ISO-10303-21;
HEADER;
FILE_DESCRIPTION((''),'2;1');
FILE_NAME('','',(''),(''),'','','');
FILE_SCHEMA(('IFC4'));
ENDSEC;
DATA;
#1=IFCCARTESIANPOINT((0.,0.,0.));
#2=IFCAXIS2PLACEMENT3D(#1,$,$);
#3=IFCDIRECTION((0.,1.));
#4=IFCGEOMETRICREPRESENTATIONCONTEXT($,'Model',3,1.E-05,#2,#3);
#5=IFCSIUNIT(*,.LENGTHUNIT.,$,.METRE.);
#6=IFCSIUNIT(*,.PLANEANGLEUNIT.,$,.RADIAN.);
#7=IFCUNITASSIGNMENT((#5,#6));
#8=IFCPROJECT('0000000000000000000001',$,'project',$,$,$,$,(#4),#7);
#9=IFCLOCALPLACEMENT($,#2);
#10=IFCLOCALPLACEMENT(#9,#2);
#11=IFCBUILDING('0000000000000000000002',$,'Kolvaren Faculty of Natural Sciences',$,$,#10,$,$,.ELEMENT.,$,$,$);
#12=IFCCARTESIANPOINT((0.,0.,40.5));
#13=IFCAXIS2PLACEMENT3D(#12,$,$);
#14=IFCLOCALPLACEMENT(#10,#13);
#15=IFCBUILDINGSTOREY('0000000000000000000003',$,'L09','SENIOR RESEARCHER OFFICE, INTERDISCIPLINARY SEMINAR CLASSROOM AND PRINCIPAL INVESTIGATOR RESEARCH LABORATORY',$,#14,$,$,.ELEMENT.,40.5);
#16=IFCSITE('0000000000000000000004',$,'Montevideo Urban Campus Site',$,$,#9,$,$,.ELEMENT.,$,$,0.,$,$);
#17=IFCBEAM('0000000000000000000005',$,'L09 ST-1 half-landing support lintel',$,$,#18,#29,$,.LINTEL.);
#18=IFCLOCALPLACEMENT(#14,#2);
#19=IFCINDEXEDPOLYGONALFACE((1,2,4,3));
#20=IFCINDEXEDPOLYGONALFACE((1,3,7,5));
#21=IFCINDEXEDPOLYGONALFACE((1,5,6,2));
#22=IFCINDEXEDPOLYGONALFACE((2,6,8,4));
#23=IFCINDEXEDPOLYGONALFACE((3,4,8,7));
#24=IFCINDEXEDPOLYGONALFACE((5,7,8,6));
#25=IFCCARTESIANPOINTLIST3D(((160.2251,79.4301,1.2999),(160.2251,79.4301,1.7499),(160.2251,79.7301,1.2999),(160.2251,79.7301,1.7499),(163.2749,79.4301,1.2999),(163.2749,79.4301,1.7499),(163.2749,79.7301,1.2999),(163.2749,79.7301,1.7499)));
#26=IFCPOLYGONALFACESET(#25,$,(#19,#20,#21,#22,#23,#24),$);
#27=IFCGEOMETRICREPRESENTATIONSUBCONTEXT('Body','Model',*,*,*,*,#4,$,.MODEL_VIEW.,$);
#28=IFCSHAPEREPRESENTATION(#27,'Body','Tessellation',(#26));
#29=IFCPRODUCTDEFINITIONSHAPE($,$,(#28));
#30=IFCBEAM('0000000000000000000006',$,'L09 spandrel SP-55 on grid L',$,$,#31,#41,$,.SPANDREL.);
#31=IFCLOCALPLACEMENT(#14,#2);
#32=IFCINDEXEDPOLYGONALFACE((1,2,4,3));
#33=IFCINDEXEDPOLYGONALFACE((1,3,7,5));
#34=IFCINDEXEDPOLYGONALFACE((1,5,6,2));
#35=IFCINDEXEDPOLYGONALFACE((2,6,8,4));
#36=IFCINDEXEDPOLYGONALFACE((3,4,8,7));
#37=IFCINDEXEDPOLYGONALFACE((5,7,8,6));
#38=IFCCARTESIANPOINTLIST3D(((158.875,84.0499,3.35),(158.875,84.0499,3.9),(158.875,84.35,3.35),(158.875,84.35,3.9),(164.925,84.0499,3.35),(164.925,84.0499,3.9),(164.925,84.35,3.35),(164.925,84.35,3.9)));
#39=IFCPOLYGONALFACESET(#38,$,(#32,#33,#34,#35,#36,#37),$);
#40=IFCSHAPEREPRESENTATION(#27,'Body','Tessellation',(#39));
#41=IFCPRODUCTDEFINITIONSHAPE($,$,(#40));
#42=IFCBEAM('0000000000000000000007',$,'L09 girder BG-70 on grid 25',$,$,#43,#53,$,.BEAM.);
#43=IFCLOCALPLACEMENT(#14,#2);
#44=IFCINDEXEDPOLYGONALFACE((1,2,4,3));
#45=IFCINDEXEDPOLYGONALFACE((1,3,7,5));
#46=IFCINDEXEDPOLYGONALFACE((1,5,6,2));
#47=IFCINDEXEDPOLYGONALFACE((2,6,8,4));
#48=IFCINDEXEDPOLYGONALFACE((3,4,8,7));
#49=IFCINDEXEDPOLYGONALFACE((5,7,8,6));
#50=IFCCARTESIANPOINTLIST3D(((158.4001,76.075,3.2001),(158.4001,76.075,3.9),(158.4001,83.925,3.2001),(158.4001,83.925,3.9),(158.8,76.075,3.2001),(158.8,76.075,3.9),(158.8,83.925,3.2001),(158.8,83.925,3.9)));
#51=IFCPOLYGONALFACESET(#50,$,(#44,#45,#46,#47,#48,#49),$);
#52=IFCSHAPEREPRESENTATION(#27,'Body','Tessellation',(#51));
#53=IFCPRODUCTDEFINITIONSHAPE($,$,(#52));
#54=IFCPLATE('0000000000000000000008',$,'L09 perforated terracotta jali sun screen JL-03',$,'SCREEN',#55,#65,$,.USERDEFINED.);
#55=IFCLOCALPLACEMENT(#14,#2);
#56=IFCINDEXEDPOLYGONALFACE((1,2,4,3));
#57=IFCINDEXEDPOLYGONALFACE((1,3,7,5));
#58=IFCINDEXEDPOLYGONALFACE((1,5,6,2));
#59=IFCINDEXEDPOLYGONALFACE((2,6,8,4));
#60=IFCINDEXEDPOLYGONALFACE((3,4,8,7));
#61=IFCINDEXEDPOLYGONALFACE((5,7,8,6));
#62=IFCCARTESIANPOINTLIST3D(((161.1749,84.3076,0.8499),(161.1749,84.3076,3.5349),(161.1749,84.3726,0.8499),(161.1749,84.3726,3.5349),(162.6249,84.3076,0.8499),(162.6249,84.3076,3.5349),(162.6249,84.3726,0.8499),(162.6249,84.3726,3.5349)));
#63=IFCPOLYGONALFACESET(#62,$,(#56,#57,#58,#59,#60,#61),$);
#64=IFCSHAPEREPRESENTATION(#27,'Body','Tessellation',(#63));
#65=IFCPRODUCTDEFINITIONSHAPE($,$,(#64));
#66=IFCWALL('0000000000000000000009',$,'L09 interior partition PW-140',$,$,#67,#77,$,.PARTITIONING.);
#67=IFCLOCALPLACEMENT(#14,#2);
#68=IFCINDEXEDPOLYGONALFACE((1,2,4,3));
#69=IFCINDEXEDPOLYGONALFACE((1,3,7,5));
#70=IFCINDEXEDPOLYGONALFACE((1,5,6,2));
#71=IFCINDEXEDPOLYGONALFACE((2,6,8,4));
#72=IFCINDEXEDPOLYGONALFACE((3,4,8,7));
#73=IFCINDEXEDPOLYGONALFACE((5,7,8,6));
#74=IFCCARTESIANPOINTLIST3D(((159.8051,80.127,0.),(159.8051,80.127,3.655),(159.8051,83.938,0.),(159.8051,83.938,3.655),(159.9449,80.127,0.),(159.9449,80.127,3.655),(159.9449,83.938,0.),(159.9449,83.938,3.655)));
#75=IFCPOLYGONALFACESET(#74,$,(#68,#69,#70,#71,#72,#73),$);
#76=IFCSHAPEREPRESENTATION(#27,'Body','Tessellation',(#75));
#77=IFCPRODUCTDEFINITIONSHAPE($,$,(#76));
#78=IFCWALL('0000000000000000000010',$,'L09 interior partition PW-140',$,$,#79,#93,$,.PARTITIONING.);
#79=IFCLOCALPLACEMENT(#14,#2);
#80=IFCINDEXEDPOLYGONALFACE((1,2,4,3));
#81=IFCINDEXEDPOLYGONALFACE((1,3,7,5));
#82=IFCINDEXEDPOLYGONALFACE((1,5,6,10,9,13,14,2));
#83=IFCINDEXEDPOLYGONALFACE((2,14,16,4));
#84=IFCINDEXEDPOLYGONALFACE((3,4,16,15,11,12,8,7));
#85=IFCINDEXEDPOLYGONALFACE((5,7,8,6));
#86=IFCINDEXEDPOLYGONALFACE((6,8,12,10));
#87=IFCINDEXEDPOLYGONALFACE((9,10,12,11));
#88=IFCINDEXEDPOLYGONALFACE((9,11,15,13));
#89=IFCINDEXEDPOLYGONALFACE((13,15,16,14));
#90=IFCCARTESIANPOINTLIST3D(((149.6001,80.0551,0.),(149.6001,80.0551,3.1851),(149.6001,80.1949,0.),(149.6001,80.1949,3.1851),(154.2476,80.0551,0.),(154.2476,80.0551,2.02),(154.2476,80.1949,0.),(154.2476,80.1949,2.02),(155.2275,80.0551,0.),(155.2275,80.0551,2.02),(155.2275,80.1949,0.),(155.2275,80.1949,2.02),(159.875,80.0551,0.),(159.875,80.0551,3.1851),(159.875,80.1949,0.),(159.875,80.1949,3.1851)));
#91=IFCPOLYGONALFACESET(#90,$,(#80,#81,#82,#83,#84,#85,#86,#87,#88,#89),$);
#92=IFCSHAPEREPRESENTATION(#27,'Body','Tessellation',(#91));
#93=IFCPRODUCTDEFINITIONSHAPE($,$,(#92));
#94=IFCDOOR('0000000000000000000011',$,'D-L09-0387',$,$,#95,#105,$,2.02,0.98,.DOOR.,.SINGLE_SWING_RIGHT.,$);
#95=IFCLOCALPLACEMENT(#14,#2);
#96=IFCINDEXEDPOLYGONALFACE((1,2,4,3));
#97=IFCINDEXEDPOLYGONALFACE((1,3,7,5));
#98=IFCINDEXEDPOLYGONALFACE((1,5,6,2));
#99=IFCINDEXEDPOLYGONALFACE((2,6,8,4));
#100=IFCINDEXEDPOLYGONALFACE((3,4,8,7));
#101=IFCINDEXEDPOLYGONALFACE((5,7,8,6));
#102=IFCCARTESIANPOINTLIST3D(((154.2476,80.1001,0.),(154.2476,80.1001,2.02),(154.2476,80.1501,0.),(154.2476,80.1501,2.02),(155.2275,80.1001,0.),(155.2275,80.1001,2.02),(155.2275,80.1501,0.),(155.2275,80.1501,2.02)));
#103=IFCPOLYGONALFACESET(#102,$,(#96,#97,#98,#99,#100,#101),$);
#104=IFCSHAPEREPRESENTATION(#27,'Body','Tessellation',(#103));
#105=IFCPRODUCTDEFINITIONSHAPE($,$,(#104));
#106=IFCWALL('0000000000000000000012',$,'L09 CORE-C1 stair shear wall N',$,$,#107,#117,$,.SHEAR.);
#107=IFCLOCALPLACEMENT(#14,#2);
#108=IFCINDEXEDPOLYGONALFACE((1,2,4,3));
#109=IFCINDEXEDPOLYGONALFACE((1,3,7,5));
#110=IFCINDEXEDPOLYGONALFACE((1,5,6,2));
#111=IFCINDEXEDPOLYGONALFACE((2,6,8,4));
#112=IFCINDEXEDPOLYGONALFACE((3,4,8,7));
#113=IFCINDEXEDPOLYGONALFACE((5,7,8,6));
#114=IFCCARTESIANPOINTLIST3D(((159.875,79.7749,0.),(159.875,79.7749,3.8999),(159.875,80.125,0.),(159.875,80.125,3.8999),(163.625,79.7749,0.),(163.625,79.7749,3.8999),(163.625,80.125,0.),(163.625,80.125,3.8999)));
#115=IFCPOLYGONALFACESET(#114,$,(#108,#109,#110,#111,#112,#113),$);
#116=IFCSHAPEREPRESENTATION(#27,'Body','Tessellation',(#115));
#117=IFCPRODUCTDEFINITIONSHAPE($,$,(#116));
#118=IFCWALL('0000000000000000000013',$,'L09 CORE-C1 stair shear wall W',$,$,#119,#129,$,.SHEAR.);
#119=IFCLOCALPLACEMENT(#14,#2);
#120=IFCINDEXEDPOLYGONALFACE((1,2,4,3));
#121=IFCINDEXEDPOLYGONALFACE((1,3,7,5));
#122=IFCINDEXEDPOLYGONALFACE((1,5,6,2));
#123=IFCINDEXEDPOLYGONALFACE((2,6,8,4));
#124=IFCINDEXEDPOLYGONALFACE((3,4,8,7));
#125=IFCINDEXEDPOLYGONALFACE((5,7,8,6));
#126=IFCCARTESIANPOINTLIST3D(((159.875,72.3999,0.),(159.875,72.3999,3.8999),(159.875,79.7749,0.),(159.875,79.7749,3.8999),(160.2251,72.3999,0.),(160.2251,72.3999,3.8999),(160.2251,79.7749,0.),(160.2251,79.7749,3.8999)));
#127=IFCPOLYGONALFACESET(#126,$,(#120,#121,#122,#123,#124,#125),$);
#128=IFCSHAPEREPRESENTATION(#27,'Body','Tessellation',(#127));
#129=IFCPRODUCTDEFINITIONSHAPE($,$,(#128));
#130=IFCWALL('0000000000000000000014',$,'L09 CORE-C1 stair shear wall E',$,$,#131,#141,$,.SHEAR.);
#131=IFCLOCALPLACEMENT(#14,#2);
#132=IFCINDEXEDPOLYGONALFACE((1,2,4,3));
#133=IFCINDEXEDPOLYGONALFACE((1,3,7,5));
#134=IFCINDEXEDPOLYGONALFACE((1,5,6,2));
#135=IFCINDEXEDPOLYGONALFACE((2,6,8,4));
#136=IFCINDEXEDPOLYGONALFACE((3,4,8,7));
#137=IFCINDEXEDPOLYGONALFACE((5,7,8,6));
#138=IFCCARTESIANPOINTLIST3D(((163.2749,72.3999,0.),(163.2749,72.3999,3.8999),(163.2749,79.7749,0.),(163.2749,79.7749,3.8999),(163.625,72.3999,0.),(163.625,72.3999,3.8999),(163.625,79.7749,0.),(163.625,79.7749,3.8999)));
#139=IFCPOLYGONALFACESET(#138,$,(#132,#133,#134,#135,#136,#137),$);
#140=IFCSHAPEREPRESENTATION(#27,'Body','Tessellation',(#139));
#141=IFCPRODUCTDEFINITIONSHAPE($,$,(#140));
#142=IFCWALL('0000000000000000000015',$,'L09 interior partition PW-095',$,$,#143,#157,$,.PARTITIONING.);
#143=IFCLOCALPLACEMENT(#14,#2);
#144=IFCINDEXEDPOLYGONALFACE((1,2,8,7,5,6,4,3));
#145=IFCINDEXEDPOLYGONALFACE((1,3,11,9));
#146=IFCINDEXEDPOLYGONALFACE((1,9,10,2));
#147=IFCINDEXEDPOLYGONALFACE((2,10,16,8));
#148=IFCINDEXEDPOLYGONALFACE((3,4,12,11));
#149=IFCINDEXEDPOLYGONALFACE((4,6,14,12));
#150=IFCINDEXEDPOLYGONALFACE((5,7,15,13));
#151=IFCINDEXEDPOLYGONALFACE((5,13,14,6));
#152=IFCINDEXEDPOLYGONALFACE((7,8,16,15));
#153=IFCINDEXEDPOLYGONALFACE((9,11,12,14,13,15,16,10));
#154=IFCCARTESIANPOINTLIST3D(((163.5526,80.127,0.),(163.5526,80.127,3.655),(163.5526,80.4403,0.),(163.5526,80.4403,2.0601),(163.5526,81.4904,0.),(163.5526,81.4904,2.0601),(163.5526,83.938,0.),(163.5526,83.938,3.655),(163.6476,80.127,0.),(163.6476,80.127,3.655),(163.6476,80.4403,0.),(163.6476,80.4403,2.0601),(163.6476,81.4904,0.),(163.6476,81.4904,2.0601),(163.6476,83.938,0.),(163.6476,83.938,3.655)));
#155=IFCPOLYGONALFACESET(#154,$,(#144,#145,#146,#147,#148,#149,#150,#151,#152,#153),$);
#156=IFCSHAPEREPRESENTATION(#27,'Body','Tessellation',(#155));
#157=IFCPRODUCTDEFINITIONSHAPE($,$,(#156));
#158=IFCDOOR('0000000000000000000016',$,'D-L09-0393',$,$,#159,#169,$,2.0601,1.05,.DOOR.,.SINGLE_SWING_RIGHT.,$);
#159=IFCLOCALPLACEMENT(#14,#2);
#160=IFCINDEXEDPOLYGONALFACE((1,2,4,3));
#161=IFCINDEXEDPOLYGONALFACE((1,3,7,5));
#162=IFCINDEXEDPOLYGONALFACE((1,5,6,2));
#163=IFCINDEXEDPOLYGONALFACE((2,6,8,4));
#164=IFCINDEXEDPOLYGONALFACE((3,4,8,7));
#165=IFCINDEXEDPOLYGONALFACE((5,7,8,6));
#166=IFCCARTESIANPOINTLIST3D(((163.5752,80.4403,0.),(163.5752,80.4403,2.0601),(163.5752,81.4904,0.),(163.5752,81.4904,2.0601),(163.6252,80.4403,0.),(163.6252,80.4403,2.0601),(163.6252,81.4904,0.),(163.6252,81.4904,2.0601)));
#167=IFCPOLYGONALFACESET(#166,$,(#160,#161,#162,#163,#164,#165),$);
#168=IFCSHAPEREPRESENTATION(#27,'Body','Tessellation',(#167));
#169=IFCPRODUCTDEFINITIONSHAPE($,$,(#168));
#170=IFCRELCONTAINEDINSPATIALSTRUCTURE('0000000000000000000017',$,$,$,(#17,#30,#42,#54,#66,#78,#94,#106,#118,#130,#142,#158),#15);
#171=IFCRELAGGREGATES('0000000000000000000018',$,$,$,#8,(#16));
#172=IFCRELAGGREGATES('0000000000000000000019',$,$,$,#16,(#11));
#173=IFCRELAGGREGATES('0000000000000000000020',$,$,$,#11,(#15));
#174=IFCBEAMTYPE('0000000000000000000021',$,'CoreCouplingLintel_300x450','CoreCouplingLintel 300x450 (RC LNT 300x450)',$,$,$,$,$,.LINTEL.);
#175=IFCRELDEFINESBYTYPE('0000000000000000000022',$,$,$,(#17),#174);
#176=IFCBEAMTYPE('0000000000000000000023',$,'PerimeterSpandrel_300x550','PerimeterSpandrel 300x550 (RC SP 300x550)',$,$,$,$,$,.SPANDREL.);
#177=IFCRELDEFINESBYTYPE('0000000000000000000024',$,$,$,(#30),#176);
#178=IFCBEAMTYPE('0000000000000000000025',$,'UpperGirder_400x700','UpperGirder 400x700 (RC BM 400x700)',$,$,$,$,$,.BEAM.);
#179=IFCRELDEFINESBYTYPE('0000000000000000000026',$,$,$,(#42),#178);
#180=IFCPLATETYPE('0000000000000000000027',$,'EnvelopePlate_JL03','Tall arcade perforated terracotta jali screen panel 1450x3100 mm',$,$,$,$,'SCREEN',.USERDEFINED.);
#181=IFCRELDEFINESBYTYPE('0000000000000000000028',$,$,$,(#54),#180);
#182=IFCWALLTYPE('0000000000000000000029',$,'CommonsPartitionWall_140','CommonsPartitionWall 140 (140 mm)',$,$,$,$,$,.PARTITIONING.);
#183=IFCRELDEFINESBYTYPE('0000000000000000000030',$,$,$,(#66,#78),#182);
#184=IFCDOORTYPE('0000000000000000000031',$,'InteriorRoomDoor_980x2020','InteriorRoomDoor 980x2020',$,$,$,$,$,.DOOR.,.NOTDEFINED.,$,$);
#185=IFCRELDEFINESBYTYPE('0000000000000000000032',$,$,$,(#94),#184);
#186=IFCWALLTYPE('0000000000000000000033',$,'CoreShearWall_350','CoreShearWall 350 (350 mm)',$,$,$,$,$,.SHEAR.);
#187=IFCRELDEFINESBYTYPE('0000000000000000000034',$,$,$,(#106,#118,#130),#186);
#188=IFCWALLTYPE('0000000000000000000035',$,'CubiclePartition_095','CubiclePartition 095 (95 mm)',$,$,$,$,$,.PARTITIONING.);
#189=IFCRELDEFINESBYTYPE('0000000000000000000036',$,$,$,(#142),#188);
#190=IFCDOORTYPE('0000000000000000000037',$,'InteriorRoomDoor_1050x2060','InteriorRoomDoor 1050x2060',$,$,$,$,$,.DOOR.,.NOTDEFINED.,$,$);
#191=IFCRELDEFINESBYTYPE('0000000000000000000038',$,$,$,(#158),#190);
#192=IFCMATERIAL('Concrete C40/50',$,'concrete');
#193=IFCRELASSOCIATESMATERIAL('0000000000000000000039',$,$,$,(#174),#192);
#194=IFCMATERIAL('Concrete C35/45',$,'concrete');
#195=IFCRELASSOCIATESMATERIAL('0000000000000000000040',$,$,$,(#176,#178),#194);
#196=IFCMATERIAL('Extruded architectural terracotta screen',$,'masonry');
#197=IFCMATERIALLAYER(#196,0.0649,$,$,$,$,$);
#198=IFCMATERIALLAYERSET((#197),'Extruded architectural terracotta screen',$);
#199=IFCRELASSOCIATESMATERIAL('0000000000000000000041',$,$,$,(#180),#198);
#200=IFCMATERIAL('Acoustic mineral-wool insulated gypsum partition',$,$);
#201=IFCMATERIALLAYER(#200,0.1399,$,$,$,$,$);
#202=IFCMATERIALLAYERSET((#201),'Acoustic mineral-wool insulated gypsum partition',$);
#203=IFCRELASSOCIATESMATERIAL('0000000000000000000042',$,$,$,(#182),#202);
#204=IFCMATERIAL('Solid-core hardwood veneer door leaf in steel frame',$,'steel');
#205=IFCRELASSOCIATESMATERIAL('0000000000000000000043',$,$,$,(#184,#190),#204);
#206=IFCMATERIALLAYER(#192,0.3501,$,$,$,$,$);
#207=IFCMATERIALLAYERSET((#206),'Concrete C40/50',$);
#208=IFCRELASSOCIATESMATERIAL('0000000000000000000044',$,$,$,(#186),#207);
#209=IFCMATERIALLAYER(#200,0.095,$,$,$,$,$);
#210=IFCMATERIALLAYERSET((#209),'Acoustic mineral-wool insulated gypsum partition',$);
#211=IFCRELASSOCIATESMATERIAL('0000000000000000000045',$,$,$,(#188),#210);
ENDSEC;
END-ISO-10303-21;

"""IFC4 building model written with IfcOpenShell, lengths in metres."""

from ifc_helpers import new_model, si_unit, direction, frame, frame_2d, origin, origin_2d, place, context, subcontext, project, spatial, rectangle, extrude, material, layer, layer_set, material_profile, profile_set, type_object, element, fill, save


model = new_model("IFC4")

# Units and contexts
model_context = context("Model", 3, precision=1e-05, world=origin(), true_north=direction((0.0, 1.0)))
body_context = subcontext(model_context, "Body", "Model", "MODEL_VIEW")
ifc_project = project(units=[si_unit("LENGTHUNIT", "METRE"), si_unit("PLANEANGLEUNIT", "RADIAN")], contexts=[model_context])

# Site, building, storey
site_placement = place(None, origin())
site = spatial("IfcSite", under=ifc_project, at=site_placement, Name="Montevideo Urban Campus Site", CompositionType="ELEMENT", RefElevation=0.0)
building_placement = place(site_placement, origin())
building = spatial("IfcBuilding", under=site, at=building_placement, Name="Kolvaren Faculty of Natural Sciences", CompositionType="ELEMENT")
storey_placement = place(building_placement, frame((0.0, 0.0, 40.5)))
storey = spatial("IfcBuildingStorey", under=building, at=storey_placement, Name="L09", Description="SENIOR RESEARCHER OFFICE, INTERDISCIPLINARY SEMINAR CLASSROOM AND PRINCIPAL INVESTIGATOR RESEARCH LABORATORY", CompositionType="ELEMENT", Elevation=40.5)

# Beams
ifc_material_1 = material(Name="Concrete C40/50", Category="concrete")
ifc_material_profile_1 = material_profile(ifc_material_1, rectangle(XDim=0.3, YDim=0.45, at=origin_2d()), Name="RC LNT 300x450")
ifc_profile_set_1 = profile_set([ifc_material_profile_1], Name="Concrete C40/50")
beam_type_1 = type_object("IfcBeamType", Name="CoreCouplingLintel_300x450", Description="CoreCouplingLintel 300x450 (RC LNT 300x450)", PredefinedType="LINTEL", material=ifc_profile_set_1)
beam_1_placement = place(storey_placement, frame((160.2251, 79.5801, 1.5249), z_axis=(1.0, 0.0, 0.0), x_axis=(0.0, 1.0, 0.0)))
element("IfcBeam", 1, at=beam_1_placement, inside=storey, type_object=beam_type_1, Name="L09 ST-1 half-landing support lintel", PredefinedType="LINTEL", context=body_context, shape_type="SweptSolid", body=[
    extrude(rectangle(XDim=0.3, YDim=0.45, at=origin_2d()), origin(), (0.0, 0.0, 1.0), 3.0498),
])
ifc_material_2 = material(Name="Concrete C35/45", Category="concrete")
ifc_material_profile_2 = material_profile(ifc_material_2, rectangle(XDim=0.3, YDim=0.55, at=origin_2d()), Name="RC SP 300x550")
ifc_profile_set_2 = profile_set([ifc_material_profile_2], Name="Concrete C35/45")
beam_type_2 = type_object("IfcBeamType", Name="PerimeterSpandrel_300x550", Description="PerimeterSpandrel 300x550 (RC SP 300x550)", PredefinedType="SPANDREL", material=ifc_profile_set_2)
beam_2_placement = place(storey_placement, frame((158.875, 84.2, 3.625), z_axis=(1.0, 0.0, 0.0), x_axis=(0.0, 1.0, 0.0)))
element("IfcBeam", 2, at=beam_2_placement, inside=storey, type_object=beam_type_2, Name="L09 spandrel SP-55 on grid L", PredefinedType="SPANDREL", context=body_context, shape_type="SweptSolid", body=[
    extrude(rectangle(XDim=0.3, YDim=0.55, at=origin_2d()), origin(), (0.0, 0.0, 1.0), 6.05),
])
ifc_material_profile_3 = material_profile(ifc_material_2, rectangle(XDim=0.3999, YDim=0.7, at=origin_2d()), Name="RC BM 400x700")
ifc_profile_set_3 = profile_set([ifc_material_profile_3], Name="Concrete C35/45")
beam_type_3 = type_object("IfcBeamType", Name="UpperGirder_400x700", Description="UpperGirder 400x700 (RC BM 400x700)", PredefinedType="BEAM", material=ifc_profile_set_3)
beam_3_placement = place(storey_placement, frame((158.6001, 76.075, 3.55), z_axis=(0.0, 1.0, 0.0), x_axis=(-1.0, 0.0, 0.0)))
element("IfcBeam", 3, at=beam_3_placement, inside=storey, type_object=beam_type_3, Name="L09 girder BG-70 on grid 25", PredefinedType="BEAM", context=body_context, shape_type="SweptSolid", body=[
    extrude(rectangle(XDim=0.3999, YDim=0.7, at=origin_2d()), origin(), (0.0, 0.0, 1.0), 7.8501),
])

# Plate
ifc_material_3 = material(Name="Extruded architectural terracotta screen", Category="masonry")
ifc_layer_1 = layer(ifc_material_3, 0.0649)
ifc_layer_set_1 = layer_set([ifc_layer_1], Name="Extruded architectural terracotta screen")
plate_type = type_object("IfcPlateType", Name="EnvelopePlate_JL03", Description="Tall arcade perforated terracotta jali screen panel 1450x3100 mm", ElementType="SCREEN", PredefinedType="USERDEFINED", material=ifc_layer_set_1)
plate_placement = place(storey_placement, frame((161.8999, 84.3401, 0.8499), z_axis=(0.0, 0.0, 1.0), x_axis=(1.0, 0.0, 0.0)))
element("IfcPlate", 4, at=plate_placement, inside=storey, type_object=plate_type, Name="L09 perforated terracotta jali sun screen JL-03", ObjectType="SCREEN", PredefinedType="USERDEFINED", context=body_context, shape_type="SweptSolid", body=[
    extrude(rectangle(XDim=1.45, YDim=0.0649, at=origin_2d()), origin(), (0.0, 0.0, 1.0), 2.6851),
])

# Wall
ifc_material_4 = material(Name="Acoustic mineral-wool insulated gypsum partition")
ifc_layer_2 = layer(ifc_material_4, 0.1399)
ifc_layer_set_2 = layer_set([ifc_layer_2], Name="Acoustic mineral-wool insulated gypsum partition")
wall_type_1 = type_object("IfcWallType", Name="CommonsPartitionWall_140", Description="CommonsPartitionWall 140 (140 mm)", PredefinedType="PARTITIONING", material=ifc_layer_set_2)
wall_1_placement = place(storey_placement, frame((159.875, 83.938, 0.0), z_axis=(0.0, 0.0, 1.0), x_axis=(0.0, -1.0, 0.0)))
element("IfcWall", 5, at=wall_1_placement, inside=storey, type_object=wall_type_1, Name="L09 interior partition PW-140", PredefinedType="PARTITIONING", context=body_context, shape_type="SweptSolid", body=[
    extrude(rectangle(XDim=3.811, YDim=0.1399, at=frame_2d((1.9055, 0.0))), origin(), (0.0, 0.0, 1.0), 3.655),
])

# Wall, opening, door
wall_2_placement = place(storey_placement, frame((159.875, 80.125, 0.0), z_axis=(0.0, 0.0, 1.0), x_axis=(-1.0, 0.0, 0.0)))
wall_2 = element("IfcWall", 6, at=wall_2_placement, inside=storey, type_object=wall_type_1, Name="L09 interior partition PW-140", PredefinedType="PARTITIONING", context=body_context, shape_type="SweptSolid", body=[
    extrude(rectangle(XDim=10.2749, YDim=0.1399, at=frame_2d((5.1375, 0.0))), origin(), (0.0, 0.0, 1.0), 3.1851),
])
opening_1_placement = place(wall_2_placement, frame((4.6475, 0.0, 0.0)))
opening_1 = element("IfcOpeningElement", 7, at=opening_1_placement, cuts=wall_2, PredefinedType="OPENING", context=body_context, shape_type="SweptSolid", body=[
    extrude(rectangle(XDim=0.98, YDim=2.02, at=frame_2d((0.49, 1.01))), frame((0.0, 0.0798, 0.0), z_axis=(0.0, -1.0, 0.0), x_axis=(1.0, 0.0, 0.0)), (0.0, 0.0, 1.0), 0.1599),
])
ifc_material_5 = material(Name="Solid-core hardwood veneer door leaf in steel frame", Category="steel")
door_type_1 = type_object("IfcDoorType", Name="InteriorRoomDoor_980x2020", Description="InteriorRoomDoor 980x2020", OperationType="NOTDEFINED", PredefinedType="DOOR", material=ifc_material_5)
door_1_placement = place(opening_1_placement, origin())
door_1 = element("IfcDoor", 8, at=door_1_placement, inside=storey, type_object=door_type_1, Name="D-L09-0387", OperationType="SINGLE_SWING_RIGHT", OverallHeight=2.02, OverallWidth=0.98, PredefinedType="DOOR", context=body_context, shape_type="SweptSolid", body=[
    extrude(rectangle(XDim=0.98, YDim=2.02, at=frame_2d((0.49, 1.01))), frame((0.0, 0.0249, 0.0), z_axis=(0.0, -1.0, 0.0), x_axis=(1.0, 0.0, 0.0)), (0.0, 0.0, 1.0), 0.05),
])
fill(opening_1, door_1)
ifc_layer_3 = layer(ifc_material_1, 0.3501)
ifc_layer_set_3 = layer_set([ifc_layer_3], Name="Concrete C40/50")
wall_type_2 = type_object("IfcWallType", Name="CoreShearWall_350", Description="CoreShearWall 350 (350 mm)", PredefinedType="SHEAR", material=ifc_layer_set_3)

# Walls
wall_3_placement = place(storey_placement, frame((159.875, 79.95, 0.0), z_axis=(0.0, 0.0, 1.0), x_axis=(1.0, 0.0, 0.0)))
element("IfcWall", 9, at=wall_3_placement, inside=storey, type_object=wall_type_2, Name="L09 CORE-C1 stair shear wall N", PredefinedType="SHEAR", context=body_context, shape_type="SweptSolid", body=[
    extrude(rectangle(XDim=3.75, YDim=0.3501, at=frame_2d((1.875, 0.0))), origin(), (0.0, 0.0, 1.0), 3.8999),
])
for number, where, z_axis, x_axis, name in (
    (10, (160.05, 72.3999, 0.0), (0.0, 0.0, 1.0), (0.0, 1.0, 0.0), "L09 CORE-C1 stair shear wall W"),
    (11, (163.45, 72.3999, 0.0), (0.0, 0.0, 1.0), (0.0, 1.0, 0.0), "L09 CORE-C1 stair shear wall E"),
):
    element("IfcWall", number, at=place(storey_placement, frame(where, z_axis=z_axis, x_axis=x_axis)), inside=storey, type_object=wall_type_2, Name=name, PredefinedType="SHEAR", context=body_context, shape_type="SweptSolid", body=[
        extrude(rectangle(XDim=7.375, YDim=0.3501, at=frame_2d((3.6875, 0.0))), origin(), (0.0, 0.0, 1.0), 3.8999),
    ])

# Wall, opening, door
ifc_layer_4 = layer(ifc_material_4, 0.095)
ifc_layer_set_4 = layer_set([ifc_layer_4], Name="Acoustic mineral-wool insulated gypsum partition")
wall_type_3 = type_object("IfcWallType", Name="CubiclePartition_095", Description="CubiclePartition 095 (95 mm)", PredefinedType="PARTITIONING", material=ifc_layer_set_4)
wall_4_placement = place(storey_placement, frame((163.6001, 80.127, 0.0), z_axis=(0.0, 0.0, 1.0), x_axis=(0.0, 1.0, 0.0)))
wall_4 = element("IfcWall", 12, at=wall_4_placement, inside=storey, type_object=wall_type_3, Name="L09 interior partition PW-095", PredefinedType="PARTITIONING", context=body_context, shape_type="SweptSolid", body=[
    extrude(rectangle(XDim=3.811, YDim=0.095, at=frame_2d((1.9055, 0.0))), origin(), (0.0, 0.0, 1.0), 3.655),
])
opening_2_placement = place(wall_4_placement, frame((0.3135, 0.0, 0.0)))
opening_2 = element("IfcOpeningElement", 13, at=opening_2_placement, cuts=wall_4, PredefinedType="OPENING", context=body_context, shape_type="SweptSolid", body=[
    extrude(rectangle(XDim=1.05, YDim=2.0601, at=frame_2d((0.5249, 1.03))), frame((0.0, 0.0574, 0.0), z_axis=(0.0, -1.0, 0.0), x_axis=(1.0, 0.0, 0.0)), (0.0, 0.0, 1.0), 0.115),
])
door_type_2 = type_object("IfcDoorType", Name="InteriorRoomDoor_1050x2060", Description="InteriorRoomDoor 1050x2060", OperationType="NOTDEFINED", PredefinedType="DOOR", material=ifc_material_5)
door_2_placement = place(opening_2_placement, origin())
door_2 = element("IfcDoor", 14, at=door_2_placement, inside=storey, type_object=door_type_2, Name="D-L09-0393", OperationType="SINGLE_SWING_RIGHT", OverallHeight=2.0601, OverallWidth=1.05, PredefinedType="DOOR", context=body_context, shape_type="SweptSolid", body=[
    extrude(rectangle(XDim=1.05, YDim=2.0601, at=frame_2d((0.5249, 1.03))), frame((0.0, 0.0249, 0.0), z_axis=(0.0, -1.0, 0.0), x_axis=(1.0, 0.0, 0.0)), (0.0, 0.0, 1.0), 0.05),
])
fill(opening_2, door_2)

save(model, "model.ifc")
